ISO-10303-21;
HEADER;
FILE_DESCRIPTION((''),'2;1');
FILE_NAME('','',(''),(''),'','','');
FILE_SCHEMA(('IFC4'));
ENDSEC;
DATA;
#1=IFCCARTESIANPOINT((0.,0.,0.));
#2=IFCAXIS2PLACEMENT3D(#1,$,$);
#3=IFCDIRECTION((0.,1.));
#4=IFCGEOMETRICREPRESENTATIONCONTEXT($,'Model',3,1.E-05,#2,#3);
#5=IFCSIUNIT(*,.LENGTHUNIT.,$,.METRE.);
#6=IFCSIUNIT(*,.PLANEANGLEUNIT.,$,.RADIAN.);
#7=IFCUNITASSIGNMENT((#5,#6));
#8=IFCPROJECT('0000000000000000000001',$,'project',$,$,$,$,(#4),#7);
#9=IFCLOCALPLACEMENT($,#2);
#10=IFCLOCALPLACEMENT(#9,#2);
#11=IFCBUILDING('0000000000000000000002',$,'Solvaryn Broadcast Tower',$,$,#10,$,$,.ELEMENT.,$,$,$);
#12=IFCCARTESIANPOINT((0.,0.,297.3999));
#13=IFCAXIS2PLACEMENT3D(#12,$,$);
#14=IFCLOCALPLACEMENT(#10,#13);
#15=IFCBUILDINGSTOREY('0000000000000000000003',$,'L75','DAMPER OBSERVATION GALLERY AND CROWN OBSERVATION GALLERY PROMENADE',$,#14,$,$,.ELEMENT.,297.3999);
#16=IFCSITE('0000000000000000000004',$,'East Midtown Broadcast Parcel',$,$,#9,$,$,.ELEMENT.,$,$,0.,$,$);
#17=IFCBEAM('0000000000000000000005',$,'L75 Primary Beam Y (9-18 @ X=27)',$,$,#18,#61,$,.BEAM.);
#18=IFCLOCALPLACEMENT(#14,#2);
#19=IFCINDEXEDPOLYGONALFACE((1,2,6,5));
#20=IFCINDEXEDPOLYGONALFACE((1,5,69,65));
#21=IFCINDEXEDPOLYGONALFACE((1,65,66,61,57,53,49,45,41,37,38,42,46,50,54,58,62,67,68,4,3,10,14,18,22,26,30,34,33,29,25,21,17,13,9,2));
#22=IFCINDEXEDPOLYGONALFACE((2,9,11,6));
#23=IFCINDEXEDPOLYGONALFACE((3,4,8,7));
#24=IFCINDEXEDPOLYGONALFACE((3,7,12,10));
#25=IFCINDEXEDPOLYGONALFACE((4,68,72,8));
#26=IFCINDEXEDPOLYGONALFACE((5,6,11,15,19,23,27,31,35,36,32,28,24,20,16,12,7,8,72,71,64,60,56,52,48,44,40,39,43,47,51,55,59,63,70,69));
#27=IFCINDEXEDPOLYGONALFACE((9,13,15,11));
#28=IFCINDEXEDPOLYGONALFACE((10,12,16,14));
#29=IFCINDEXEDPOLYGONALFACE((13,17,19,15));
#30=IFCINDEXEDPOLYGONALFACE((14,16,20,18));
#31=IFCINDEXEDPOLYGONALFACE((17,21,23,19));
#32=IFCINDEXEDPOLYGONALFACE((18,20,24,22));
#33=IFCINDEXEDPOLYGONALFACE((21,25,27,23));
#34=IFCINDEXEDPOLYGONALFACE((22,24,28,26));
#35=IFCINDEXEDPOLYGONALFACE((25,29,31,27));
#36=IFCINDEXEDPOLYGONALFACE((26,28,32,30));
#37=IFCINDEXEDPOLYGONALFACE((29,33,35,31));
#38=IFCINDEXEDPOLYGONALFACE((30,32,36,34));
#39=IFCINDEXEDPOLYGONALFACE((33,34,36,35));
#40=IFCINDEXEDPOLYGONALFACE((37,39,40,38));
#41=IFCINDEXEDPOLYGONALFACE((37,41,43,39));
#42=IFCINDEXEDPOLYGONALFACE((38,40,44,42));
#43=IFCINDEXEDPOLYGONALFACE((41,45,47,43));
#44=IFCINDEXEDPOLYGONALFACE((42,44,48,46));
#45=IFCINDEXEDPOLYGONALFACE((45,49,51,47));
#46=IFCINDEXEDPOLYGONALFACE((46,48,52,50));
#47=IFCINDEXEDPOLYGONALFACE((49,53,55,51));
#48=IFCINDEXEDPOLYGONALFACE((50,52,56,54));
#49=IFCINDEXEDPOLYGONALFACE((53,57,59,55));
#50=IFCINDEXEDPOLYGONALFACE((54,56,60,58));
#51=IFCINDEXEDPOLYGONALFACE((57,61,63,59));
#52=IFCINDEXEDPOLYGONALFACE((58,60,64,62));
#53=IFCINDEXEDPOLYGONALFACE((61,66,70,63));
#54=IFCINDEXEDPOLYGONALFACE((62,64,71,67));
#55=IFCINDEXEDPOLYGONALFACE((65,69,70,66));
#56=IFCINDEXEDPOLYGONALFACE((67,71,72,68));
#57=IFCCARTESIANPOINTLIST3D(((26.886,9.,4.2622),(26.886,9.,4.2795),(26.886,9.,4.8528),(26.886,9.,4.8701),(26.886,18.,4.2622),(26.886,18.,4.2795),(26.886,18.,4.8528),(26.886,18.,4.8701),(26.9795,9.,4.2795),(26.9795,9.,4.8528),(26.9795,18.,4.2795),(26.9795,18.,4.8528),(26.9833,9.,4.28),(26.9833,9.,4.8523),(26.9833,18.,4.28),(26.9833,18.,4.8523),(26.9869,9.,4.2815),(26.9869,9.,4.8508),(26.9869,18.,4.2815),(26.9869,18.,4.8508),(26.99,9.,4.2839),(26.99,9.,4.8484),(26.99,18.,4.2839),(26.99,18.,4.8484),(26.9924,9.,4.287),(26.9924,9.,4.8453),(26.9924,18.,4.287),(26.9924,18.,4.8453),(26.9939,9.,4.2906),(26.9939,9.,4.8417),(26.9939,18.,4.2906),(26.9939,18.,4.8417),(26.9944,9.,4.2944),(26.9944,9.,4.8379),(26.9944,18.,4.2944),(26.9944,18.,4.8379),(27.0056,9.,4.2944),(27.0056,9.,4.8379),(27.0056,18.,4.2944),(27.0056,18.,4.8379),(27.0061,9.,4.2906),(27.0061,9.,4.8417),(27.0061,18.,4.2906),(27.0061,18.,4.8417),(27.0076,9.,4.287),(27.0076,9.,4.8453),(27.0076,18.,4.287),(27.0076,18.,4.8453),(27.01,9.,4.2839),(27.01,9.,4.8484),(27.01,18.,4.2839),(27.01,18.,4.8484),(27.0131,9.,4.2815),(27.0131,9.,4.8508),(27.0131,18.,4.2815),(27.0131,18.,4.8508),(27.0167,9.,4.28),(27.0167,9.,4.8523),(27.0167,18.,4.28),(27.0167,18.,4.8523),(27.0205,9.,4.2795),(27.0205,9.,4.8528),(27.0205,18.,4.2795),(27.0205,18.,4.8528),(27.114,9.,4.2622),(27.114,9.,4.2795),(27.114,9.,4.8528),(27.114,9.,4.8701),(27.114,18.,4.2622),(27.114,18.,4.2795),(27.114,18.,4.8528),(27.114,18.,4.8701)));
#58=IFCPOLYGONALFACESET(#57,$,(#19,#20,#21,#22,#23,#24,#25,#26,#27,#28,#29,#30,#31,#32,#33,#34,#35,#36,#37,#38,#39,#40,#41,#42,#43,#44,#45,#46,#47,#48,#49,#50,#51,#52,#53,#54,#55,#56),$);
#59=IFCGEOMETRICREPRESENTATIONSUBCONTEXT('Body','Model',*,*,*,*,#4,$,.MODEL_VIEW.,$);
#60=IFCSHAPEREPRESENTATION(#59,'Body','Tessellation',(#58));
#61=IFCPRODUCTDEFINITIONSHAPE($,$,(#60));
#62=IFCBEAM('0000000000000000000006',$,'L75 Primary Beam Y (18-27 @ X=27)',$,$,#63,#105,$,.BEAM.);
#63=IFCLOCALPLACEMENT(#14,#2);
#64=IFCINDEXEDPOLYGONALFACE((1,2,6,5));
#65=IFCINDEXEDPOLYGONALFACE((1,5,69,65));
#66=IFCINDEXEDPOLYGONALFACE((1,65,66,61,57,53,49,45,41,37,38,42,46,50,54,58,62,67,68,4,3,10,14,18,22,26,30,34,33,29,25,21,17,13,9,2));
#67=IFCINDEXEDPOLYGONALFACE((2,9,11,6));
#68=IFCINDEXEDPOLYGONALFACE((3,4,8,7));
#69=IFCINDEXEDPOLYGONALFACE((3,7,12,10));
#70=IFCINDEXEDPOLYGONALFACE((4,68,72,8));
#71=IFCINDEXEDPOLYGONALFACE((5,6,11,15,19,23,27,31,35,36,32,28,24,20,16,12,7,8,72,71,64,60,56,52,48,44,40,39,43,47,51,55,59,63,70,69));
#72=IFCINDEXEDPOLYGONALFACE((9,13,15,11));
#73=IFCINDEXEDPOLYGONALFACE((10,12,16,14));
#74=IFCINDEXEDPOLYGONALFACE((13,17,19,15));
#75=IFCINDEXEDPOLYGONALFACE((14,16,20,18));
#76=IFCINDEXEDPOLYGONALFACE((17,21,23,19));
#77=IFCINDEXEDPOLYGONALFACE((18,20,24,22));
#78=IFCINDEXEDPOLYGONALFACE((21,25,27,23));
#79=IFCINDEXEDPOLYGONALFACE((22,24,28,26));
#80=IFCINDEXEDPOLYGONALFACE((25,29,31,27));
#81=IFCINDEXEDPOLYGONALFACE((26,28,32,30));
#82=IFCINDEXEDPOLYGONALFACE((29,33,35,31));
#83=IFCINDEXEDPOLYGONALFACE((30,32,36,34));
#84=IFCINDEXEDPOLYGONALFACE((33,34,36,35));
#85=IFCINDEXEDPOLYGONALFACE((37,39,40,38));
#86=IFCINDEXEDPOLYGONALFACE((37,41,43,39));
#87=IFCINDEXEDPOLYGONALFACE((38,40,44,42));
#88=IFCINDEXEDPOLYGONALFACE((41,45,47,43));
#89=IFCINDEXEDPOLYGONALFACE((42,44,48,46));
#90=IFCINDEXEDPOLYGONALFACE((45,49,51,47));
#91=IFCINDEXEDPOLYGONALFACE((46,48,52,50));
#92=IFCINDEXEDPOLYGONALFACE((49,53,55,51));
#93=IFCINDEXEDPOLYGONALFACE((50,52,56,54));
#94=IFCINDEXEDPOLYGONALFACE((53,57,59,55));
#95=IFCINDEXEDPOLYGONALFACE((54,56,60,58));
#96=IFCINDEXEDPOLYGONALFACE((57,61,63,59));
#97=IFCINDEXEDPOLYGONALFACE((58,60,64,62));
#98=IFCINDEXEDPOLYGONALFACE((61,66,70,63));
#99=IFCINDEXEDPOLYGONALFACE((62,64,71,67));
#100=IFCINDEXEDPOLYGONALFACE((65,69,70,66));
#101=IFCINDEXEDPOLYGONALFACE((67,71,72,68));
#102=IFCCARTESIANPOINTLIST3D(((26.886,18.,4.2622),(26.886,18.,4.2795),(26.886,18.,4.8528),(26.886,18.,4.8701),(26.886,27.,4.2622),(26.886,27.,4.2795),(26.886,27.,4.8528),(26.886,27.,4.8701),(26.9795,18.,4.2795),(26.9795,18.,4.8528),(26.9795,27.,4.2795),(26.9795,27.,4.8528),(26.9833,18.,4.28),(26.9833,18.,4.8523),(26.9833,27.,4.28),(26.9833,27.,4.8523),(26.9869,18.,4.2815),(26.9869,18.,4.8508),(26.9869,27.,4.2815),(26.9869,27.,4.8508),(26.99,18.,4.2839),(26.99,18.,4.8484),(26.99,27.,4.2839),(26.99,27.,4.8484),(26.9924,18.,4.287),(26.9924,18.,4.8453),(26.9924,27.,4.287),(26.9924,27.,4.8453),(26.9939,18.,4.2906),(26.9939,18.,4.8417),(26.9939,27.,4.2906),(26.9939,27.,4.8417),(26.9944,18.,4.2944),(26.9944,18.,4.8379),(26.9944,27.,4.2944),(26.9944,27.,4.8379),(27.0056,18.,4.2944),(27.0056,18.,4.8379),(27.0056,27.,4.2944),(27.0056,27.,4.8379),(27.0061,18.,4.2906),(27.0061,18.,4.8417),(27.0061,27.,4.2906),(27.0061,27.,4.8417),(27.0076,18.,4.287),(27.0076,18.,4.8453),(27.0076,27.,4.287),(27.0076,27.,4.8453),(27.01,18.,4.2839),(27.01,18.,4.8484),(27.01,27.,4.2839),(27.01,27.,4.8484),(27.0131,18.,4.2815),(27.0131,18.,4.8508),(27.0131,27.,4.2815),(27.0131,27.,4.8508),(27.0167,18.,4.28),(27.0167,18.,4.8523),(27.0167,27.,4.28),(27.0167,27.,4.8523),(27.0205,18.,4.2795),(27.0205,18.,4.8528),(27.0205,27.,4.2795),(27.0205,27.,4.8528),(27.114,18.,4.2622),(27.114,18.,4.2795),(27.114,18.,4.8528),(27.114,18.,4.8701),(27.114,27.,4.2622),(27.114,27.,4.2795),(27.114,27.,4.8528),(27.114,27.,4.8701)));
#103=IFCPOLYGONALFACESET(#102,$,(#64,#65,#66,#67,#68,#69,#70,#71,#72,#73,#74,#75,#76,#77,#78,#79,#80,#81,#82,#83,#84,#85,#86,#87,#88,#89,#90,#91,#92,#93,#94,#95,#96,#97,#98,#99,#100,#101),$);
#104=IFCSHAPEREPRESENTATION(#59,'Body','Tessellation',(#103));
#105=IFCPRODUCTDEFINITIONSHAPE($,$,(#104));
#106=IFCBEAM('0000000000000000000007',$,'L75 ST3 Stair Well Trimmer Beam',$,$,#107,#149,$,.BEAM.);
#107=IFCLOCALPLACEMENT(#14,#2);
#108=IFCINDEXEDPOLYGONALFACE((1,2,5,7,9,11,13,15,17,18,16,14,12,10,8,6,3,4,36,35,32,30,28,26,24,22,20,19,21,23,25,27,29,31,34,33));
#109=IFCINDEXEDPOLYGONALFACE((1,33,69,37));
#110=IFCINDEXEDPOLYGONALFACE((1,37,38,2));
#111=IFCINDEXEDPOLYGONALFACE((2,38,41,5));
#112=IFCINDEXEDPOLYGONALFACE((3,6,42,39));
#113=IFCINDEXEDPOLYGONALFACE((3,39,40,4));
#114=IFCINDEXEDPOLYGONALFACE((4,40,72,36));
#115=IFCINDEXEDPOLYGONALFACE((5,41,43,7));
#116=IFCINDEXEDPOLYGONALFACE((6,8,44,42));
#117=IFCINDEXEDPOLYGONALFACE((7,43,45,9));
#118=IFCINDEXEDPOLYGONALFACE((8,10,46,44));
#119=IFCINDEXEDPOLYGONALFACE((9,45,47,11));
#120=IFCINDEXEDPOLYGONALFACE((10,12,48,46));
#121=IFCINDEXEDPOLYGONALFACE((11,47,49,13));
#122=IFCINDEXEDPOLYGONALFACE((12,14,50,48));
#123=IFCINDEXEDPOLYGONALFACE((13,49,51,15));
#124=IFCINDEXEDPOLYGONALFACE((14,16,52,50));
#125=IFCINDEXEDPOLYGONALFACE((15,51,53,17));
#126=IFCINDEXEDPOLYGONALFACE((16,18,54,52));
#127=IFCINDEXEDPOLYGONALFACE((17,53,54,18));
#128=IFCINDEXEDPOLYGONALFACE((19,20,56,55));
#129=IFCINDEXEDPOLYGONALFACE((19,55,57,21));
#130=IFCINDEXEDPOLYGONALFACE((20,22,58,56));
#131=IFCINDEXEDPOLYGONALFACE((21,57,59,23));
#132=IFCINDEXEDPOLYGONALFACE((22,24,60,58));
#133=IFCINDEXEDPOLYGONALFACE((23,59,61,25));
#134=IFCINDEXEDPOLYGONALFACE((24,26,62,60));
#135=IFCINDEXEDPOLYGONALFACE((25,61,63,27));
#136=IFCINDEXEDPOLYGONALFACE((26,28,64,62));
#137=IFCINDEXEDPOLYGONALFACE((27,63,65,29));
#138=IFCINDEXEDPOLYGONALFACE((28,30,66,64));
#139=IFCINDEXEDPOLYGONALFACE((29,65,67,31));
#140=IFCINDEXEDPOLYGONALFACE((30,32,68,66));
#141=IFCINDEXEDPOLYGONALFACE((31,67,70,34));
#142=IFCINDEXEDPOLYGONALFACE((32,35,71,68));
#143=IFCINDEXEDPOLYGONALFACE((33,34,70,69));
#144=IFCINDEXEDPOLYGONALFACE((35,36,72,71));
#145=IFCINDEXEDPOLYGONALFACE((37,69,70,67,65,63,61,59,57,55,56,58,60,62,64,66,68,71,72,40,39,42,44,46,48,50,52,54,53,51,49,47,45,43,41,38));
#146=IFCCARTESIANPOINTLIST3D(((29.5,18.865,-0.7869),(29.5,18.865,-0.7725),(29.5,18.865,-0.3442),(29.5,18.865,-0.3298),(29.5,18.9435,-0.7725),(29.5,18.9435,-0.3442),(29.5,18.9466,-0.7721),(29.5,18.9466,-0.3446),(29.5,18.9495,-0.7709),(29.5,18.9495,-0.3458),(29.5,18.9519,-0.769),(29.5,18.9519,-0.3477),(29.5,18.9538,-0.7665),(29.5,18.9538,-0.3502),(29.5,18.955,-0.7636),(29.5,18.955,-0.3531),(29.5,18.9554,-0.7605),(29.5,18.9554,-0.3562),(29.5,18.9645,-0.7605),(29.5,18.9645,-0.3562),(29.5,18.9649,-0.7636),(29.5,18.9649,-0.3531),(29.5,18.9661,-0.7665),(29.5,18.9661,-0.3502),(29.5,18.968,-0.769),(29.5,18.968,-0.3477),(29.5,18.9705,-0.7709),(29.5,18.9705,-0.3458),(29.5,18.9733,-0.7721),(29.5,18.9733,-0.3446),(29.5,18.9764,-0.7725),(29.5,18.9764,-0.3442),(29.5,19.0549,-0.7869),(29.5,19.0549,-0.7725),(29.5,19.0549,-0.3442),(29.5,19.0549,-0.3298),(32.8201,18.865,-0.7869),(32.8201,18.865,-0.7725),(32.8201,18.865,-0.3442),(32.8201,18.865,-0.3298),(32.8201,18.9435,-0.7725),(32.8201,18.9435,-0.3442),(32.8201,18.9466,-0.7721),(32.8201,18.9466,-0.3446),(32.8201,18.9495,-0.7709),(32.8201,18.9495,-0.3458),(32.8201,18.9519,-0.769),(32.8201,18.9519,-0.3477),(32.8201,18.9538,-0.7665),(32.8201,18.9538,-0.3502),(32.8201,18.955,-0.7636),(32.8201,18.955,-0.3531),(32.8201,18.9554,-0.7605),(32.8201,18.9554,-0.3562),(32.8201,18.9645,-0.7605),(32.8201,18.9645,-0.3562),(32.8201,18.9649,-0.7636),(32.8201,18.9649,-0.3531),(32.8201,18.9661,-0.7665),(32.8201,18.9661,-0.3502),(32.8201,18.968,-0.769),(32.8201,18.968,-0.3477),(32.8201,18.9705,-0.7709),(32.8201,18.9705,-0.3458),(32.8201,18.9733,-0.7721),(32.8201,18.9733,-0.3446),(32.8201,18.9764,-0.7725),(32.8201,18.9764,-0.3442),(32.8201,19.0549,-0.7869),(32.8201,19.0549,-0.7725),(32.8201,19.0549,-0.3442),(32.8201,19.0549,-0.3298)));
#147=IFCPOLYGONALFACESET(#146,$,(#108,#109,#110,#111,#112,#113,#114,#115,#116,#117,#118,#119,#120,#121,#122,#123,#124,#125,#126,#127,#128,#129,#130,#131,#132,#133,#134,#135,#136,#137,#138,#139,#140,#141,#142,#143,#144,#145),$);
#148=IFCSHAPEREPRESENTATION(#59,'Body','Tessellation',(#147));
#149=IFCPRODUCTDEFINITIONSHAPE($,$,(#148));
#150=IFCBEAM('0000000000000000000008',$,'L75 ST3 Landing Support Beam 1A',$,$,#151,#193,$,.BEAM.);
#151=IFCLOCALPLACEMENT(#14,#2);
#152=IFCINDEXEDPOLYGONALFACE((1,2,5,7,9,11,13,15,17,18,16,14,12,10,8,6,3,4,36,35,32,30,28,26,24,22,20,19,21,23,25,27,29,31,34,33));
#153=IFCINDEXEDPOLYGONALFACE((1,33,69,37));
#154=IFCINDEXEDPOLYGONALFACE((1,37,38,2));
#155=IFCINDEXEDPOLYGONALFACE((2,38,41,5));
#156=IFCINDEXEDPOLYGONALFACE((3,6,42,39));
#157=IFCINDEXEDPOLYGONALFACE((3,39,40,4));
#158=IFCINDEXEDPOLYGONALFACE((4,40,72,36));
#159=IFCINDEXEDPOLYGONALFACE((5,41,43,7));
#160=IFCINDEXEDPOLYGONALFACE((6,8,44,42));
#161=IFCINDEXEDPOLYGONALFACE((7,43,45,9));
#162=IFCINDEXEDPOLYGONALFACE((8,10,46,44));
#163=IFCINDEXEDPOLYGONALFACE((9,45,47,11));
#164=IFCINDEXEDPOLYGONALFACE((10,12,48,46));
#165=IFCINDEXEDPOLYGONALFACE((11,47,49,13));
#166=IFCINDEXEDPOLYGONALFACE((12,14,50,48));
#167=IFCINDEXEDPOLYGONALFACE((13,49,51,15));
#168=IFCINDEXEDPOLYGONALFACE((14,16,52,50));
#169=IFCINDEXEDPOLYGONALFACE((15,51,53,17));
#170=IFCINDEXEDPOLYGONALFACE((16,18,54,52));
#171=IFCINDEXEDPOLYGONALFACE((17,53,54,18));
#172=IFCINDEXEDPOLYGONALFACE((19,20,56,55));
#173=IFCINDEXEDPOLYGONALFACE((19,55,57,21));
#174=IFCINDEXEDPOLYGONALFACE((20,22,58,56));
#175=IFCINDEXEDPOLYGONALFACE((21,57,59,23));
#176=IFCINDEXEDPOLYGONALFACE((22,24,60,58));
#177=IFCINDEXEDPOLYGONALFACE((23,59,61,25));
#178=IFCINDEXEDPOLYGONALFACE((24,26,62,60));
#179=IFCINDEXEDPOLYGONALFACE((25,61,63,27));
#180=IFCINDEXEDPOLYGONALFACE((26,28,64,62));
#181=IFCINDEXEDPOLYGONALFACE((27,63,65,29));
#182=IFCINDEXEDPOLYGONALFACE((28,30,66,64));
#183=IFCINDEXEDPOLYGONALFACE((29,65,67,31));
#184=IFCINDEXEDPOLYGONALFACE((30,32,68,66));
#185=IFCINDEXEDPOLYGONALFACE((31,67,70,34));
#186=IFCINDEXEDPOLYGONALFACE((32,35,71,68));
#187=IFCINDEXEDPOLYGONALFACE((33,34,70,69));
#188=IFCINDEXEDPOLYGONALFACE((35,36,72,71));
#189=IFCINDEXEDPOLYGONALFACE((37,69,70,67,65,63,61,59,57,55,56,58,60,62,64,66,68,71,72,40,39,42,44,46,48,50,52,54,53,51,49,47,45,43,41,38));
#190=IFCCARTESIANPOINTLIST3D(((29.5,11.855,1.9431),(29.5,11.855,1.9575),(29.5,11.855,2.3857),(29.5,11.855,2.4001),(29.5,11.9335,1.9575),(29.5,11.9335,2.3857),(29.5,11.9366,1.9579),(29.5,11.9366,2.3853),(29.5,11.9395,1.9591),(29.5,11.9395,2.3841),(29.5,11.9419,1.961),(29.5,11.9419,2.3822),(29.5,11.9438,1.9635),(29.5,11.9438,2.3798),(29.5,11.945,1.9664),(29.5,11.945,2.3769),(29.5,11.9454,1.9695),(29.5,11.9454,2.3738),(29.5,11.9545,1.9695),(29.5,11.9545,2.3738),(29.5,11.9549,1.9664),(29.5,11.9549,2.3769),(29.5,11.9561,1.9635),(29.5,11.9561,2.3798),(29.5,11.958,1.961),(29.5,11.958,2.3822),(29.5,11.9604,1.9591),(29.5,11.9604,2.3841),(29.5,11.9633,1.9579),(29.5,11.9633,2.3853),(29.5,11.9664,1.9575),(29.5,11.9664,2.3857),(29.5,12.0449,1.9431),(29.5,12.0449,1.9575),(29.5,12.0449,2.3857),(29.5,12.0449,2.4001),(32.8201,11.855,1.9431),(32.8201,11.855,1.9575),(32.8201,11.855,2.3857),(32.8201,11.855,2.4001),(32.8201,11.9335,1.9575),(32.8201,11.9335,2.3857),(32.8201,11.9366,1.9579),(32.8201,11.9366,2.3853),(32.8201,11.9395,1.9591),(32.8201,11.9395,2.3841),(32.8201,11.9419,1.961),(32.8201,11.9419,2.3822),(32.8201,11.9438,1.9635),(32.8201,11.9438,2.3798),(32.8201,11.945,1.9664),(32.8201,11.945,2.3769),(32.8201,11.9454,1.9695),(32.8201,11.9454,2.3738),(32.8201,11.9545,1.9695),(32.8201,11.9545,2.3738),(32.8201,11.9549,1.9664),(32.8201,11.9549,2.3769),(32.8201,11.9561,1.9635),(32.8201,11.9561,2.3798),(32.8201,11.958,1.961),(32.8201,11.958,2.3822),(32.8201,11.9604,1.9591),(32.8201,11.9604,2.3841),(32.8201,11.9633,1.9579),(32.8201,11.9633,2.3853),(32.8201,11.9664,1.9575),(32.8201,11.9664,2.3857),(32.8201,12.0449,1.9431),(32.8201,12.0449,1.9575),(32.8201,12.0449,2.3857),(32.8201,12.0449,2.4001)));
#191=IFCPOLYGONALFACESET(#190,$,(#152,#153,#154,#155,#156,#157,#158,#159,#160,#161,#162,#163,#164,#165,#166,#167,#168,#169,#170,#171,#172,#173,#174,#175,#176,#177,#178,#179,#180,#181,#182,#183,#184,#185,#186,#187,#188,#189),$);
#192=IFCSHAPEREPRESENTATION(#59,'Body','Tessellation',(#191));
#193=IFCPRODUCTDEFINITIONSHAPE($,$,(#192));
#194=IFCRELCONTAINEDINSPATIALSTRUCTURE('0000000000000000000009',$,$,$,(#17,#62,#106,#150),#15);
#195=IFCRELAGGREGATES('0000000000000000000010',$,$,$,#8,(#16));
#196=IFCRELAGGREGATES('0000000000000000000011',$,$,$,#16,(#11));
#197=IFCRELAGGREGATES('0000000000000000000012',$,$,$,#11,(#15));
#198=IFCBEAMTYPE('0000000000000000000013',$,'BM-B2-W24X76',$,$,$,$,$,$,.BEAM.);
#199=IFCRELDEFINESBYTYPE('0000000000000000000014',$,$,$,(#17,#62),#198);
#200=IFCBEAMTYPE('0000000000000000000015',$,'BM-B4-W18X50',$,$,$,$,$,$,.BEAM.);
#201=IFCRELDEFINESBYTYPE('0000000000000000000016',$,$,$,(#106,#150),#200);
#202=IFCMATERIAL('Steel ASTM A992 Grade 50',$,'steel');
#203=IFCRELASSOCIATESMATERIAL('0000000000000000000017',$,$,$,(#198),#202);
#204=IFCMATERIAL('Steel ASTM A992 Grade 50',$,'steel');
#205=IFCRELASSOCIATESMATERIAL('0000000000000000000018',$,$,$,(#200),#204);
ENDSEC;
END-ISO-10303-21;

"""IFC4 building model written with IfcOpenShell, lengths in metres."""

from ifc_helpers import new_model, si_unit, direction, frame, origin, origin_2d, place, context, subcontext, project, spatial, i_section, extrude, material, material_profile, profile_set, type_object, element, save


model = new_model("IFC4")

# Units and contexts
model_context = context("Model", 3, precision=1e-05, world=origin(), true_north=direction((0.0, 1.0)))
body_context = subcontext(model_context, "Body", "Model", "MODEL_VIEW")
ifc_project = project(units=[si_unit("LENGTHUNIT", "METRE"), si_unit("PLANEANGLEUNIT", "RADIAN")], contexts=[model_context])

# Site, building, storey
site_placement = place(None, origin())
site = spatial("IfcSite", under=ifc_project, at=site_placement, Name="East Midtown Broadcast Parcel", CompositionType="ELEMENT", RefElevation=0.0)
building_placement = place(site_placement, origin())
building = spatial("IfcBuilding", under=site, at=building_placement, Name="Solvaryn Broadcast Tower", CompositionType="ELEMENT")
storey_placement = place(building_placement, frame((0.0, 0.0, 297.3999)))
storey = spatial("IfcBuildingStorey", under=building, at=storey_placement, Name="L75", Description="DAMPER OBSERVATION GALLERY AND CROWN OBSERVATION GALLERY PROMENADE", CompositionType="ELEMENT", Elevation=297.3999)

# Beams
ifc_material_1 = material(Name="Steel ASTM A992 Grade 50", Category="steel")
ifc_material_profile_1 = material_profile(ifc_material_1, i_section(OverallWidth=0.228, OverallDepth=0.6079, WebThickness=0.0112, FlangeThickness=0.0173, FilletRadius=0.0149, at=origin_2d()))
ifc_profile_set_1 = profile_set([ifc_material_profile_1], Name="Steel ASTM A992 Grade 50")
beam_type_1 = type_object("IfcBeamType", Name="BM-B2-W24X76", PredefinedType="BEAM", material=ifc_profile_set_1)
for number, where, z_axis, x_axis, name in (
    (1, (27.0, 9.0, 4.5662), (0.0, 1.0, 0.0), (-1.0, 0.0, 0.0), "L75 Primary Beam Y (9-18 @ X=27)"),
    (2, (27.0, 18.0, 4.5662), (0.0, 1.0, 0.0), (-1.0, 0.0, 0.0), "L75 Primary Beam Y (18-27 @ X=27)"),
):
    element("IfcBeam", number, at=place(storey_placement, frame(where, z_axis=z_axis, x_axis=x_axis)), inside=storey, type_object=beam_type_1, Name=name, PredefinedType="BEAM", context=body_context, shape_type="SweptSolid", body=[
        extrude(i_section(OverallWidth=0.228, OverallDepth=0.6079, WebThickness=0.0112, FlangeThickness=0.0173, FilletRadius=0.0149, at=origin_2d()), origin(), (0.0, 0.0, 1.0), 9.0),
    ])
ifc_material_2 = material(Name="Steel ASTM A992 Grade 50", Category="steel")
ifc_material_profile_2 = material_profile(ifc_material_2, i_section(OverallWidth=0.1899, OverallDepth=0.457, WebThickness=0.009, FlangeThickness=0.0144, FilletRadius=0.012, at=origin_2d()))
ifc_profile_set_2 = profile_set([ifc_material_profile_2], Name="Steel ASTM A992 Grade 50")
beam_type_2 = type_object("IfcBeamType", Name="BM-B4-W18X50", PredefinedType="BEAM", material=ifc_profile_set_2)
for number, where, z_axis, x_axis, name in (
    (3, (29.5, 18.96, -0.5583), (1.0, 0.0, 0.0), (0.0, 1.0, 0.0), "L75 ST3 Stair Well Trimmer Beam"),
    (4, (29.5, 11.95, 2.1716), (1.0, 0.0, 0.0), (0.0, 1.0, 0.0), "L75 ST3 Landing Support Beam 1A"),
):
    element("IfcBeam", number, at=place(storey_placement, frame(where, z_axis=z_axis, x_axis=x_axis)), inside=storey, type_object=beam_type_2, Name=name, PredefinedType="BEAM", context=body_context, shape_type="SweptSolid", body=[
        extrude(i_section(OverallWidth=0.1899, OverallDepth=0.457, WebThickness=0.009, FlangeThickness=0.0144, FilletRadius=0.012, at=origin_2d()), origin(), (0.0, 0.0, 1.0), 3.3201),
    ])

save(model, "model.ifc")
